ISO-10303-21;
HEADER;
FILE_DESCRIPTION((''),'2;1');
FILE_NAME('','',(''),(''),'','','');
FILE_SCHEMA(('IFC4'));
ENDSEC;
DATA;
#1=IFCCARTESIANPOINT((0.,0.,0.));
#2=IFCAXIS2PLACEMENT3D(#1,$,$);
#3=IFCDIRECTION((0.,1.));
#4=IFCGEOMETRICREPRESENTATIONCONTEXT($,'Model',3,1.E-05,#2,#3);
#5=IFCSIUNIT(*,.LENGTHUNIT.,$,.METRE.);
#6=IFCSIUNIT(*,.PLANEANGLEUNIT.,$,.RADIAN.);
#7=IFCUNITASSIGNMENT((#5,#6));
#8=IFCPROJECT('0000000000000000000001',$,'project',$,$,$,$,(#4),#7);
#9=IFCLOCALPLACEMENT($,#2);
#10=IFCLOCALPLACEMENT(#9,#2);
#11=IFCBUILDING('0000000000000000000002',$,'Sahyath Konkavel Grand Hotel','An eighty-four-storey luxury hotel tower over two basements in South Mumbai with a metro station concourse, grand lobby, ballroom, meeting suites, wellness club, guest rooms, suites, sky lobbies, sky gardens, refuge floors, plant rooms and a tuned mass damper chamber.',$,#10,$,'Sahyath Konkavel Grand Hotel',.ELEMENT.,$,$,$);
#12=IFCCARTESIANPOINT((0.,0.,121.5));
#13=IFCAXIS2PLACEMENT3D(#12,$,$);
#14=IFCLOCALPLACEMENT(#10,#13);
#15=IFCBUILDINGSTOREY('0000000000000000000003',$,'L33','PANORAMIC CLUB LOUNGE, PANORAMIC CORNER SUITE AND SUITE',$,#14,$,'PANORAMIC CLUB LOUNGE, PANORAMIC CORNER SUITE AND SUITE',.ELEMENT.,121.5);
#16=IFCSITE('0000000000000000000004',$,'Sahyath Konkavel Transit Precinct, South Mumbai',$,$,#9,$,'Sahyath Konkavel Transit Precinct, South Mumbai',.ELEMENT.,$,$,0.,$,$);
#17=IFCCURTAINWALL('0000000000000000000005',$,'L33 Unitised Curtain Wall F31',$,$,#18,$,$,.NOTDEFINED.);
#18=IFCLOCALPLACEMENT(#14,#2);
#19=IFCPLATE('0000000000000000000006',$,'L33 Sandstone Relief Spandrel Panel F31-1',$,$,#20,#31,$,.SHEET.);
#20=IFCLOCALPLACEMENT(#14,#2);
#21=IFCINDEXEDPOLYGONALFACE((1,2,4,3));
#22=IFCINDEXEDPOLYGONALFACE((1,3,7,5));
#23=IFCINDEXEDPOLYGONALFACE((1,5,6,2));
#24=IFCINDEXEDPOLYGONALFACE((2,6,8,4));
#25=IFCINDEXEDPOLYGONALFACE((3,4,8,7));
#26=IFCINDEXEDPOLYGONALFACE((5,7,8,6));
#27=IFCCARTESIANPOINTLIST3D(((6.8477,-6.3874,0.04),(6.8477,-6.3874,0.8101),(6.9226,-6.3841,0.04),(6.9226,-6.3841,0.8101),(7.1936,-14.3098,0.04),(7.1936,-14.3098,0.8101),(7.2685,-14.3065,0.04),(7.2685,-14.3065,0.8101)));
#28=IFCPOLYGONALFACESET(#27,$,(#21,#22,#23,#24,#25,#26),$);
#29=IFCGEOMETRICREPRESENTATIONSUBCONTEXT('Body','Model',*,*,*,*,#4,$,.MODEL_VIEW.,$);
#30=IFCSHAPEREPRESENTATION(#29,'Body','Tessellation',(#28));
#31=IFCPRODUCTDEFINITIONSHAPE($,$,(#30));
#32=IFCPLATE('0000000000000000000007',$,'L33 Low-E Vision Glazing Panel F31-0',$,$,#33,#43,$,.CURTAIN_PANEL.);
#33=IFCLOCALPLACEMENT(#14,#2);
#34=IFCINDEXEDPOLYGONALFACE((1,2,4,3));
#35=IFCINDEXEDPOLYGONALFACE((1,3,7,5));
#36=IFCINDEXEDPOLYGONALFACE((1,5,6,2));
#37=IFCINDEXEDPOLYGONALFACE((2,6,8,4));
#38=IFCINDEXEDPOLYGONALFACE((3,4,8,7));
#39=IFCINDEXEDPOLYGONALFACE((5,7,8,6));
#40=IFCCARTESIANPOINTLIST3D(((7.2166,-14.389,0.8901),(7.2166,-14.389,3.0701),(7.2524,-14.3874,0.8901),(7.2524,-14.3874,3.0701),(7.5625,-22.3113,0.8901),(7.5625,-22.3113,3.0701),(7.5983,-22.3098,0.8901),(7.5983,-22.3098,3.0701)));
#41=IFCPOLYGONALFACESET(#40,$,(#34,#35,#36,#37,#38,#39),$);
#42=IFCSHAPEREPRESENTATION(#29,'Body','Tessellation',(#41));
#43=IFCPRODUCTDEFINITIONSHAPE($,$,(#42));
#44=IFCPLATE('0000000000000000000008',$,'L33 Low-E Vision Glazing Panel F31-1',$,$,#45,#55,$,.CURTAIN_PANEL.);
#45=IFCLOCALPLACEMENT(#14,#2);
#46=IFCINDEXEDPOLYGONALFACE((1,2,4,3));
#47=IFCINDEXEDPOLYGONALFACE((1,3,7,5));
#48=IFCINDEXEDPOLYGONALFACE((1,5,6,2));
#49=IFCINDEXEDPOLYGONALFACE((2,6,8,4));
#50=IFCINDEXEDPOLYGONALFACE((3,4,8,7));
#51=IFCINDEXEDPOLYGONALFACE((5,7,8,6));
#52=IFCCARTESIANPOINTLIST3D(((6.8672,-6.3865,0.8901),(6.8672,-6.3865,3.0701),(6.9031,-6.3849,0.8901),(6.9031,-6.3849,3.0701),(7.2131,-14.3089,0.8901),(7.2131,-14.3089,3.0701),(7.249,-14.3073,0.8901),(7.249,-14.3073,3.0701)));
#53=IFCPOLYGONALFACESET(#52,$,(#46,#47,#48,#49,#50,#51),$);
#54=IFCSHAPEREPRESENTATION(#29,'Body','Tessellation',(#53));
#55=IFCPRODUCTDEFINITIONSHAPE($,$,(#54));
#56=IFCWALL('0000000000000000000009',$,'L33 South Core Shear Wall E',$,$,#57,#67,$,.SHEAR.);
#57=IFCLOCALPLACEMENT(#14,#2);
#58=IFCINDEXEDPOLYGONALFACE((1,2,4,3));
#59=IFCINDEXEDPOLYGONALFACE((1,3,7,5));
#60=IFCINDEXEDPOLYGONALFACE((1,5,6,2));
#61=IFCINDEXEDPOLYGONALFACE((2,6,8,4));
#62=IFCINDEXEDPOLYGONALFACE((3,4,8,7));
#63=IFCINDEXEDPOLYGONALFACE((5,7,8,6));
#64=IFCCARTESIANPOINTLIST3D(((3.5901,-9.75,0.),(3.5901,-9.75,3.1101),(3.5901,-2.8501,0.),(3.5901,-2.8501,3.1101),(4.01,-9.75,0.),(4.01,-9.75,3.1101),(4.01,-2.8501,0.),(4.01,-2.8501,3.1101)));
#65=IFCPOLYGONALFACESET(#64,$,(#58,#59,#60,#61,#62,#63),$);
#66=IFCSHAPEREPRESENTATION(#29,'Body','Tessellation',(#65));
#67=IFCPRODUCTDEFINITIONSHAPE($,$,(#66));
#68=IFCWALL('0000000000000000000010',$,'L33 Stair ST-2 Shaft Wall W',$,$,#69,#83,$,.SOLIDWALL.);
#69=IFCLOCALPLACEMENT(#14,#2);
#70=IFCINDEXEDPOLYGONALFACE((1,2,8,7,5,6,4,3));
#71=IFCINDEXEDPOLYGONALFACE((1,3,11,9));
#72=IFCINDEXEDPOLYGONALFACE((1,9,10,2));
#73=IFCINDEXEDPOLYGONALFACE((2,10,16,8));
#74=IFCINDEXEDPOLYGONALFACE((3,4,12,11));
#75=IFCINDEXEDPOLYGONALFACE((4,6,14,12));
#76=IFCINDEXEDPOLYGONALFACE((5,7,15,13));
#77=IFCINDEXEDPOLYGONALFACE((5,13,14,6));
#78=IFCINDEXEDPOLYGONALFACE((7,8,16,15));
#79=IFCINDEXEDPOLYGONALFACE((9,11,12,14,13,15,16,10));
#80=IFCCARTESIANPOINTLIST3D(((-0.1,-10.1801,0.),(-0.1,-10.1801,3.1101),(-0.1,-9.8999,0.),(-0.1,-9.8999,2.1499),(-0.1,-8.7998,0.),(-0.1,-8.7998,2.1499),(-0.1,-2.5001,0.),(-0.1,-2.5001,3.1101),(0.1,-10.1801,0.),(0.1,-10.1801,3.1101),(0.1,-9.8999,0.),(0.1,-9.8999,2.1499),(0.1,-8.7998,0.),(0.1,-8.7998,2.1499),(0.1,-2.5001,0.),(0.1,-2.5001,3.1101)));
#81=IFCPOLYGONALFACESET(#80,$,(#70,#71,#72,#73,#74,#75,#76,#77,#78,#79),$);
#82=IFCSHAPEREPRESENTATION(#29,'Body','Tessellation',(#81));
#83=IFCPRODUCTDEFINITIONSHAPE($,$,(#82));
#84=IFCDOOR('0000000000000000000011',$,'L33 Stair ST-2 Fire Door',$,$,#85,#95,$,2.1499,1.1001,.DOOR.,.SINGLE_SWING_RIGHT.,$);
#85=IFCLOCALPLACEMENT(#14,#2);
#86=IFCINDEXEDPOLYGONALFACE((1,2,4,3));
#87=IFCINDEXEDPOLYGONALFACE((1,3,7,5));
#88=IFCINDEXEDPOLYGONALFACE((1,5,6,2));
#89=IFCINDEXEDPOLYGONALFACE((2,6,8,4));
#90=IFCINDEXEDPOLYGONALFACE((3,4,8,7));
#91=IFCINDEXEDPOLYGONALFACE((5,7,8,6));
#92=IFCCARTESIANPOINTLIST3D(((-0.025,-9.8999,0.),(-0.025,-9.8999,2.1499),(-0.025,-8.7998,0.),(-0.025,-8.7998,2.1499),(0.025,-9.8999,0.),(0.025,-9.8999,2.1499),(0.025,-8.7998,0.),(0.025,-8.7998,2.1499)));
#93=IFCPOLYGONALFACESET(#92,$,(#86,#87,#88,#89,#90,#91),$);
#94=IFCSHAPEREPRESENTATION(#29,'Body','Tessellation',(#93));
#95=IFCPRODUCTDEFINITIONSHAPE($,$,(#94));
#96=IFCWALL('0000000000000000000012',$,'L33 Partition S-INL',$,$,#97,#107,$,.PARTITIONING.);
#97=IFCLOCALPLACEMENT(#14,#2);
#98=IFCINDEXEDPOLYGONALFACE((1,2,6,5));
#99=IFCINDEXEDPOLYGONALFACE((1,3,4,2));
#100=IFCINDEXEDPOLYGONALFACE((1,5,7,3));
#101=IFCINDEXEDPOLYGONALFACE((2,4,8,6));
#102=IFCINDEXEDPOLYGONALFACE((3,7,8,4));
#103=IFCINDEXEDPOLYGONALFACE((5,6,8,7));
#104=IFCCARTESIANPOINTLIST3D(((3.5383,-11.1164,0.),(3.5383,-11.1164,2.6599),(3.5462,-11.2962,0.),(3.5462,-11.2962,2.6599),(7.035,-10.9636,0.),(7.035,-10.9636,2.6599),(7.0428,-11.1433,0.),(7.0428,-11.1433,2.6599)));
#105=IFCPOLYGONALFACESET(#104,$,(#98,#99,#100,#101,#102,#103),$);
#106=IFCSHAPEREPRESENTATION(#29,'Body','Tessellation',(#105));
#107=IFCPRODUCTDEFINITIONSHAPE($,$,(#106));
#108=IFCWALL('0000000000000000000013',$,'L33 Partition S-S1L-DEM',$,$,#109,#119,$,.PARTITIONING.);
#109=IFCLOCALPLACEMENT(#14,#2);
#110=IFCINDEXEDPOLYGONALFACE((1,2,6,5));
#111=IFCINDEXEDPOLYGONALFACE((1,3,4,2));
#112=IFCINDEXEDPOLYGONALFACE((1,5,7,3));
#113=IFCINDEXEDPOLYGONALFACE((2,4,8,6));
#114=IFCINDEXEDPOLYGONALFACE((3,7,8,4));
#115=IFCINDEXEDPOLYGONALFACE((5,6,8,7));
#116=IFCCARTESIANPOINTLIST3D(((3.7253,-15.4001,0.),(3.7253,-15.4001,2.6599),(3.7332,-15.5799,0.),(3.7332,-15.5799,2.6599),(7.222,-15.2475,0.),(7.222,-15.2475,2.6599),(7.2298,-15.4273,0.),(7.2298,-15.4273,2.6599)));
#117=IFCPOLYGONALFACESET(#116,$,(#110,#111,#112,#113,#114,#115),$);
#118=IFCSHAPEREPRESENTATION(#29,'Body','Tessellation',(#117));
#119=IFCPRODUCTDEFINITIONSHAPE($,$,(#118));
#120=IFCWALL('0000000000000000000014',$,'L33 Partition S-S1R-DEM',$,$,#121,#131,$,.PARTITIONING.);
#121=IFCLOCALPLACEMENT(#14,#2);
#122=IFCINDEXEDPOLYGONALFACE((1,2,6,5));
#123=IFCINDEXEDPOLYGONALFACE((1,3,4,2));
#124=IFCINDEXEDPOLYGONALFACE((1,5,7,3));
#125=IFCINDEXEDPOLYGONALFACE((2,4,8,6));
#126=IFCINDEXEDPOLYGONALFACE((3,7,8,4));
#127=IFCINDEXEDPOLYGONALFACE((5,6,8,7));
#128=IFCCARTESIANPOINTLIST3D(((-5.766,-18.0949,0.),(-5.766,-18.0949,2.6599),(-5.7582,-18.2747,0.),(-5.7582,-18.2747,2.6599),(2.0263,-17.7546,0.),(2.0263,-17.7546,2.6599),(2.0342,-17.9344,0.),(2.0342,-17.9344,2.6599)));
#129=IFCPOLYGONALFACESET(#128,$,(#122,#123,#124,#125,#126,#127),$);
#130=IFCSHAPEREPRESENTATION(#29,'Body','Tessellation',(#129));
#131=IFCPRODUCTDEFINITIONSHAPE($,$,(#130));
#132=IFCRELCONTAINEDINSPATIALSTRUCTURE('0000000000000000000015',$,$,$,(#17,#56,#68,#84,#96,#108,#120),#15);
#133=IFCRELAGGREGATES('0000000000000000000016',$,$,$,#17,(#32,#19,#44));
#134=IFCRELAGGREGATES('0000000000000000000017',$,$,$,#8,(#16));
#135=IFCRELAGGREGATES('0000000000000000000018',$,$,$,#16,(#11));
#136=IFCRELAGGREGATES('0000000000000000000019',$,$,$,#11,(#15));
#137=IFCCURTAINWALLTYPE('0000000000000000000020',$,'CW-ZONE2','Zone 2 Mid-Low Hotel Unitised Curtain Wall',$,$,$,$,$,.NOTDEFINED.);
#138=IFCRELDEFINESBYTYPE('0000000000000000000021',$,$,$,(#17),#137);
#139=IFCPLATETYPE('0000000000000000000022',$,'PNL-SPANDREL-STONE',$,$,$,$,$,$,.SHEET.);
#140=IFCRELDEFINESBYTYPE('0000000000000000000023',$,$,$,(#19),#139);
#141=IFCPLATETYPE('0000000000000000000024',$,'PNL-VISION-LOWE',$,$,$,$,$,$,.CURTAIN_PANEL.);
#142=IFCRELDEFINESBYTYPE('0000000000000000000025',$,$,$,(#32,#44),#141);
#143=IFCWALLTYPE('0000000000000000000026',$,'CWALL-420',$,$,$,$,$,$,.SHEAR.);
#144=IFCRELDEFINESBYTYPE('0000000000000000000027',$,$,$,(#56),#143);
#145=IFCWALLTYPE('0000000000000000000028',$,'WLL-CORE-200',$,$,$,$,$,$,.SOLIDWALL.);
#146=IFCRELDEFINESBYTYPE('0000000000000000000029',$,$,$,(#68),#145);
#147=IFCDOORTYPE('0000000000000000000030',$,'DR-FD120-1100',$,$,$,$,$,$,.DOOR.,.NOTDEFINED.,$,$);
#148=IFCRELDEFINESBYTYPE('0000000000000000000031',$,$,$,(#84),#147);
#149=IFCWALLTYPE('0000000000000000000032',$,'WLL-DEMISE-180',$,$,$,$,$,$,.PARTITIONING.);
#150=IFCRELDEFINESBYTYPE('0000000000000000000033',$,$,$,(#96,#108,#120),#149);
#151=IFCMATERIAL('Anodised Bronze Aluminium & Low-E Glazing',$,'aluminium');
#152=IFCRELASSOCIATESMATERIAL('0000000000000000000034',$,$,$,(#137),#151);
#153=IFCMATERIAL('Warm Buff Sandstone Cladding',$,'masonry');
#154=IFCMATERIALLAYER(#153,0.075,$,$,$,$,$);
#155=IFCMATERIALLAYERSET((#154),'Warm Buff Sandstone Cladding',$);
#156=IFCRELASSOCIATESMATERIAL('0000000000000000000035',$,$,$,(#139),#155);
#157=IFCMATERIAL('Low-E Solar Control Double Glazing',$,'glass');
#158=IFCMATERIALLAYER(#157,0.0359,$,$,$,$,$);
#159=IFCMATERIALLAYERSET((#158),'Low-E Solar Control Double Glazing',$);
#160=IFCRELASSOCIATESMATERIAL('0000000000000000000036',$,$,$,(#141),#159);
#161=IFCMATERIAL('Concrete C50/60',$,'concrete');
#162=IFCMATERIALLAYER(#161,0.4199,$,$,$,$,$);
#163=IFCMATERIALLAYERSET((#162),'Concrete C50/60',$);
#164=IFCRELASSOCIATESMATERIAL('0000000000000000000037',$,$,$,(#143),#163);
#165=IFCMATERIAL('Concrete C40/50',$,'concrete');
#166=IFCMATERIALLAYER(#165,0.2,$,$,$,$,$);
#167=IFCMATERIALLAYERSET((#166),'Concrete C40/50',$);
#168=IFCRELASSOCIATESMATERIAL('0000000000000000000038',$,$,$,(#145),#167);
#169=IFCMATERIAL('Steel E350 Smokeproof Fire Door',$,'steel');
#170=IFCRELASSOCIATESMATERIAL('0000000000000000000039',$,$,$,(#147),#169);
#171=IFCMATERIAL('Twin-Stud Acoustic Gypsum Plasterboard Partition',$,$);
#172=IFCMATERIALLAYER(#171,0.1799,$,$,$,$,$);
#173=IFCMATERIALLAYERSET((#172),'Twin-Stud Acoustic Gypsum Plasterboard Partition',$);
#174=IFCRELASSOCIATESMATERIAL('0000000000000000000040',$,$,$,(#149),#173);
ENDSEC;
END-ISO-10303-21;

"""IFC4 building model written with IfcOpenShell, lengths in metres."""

from ifc_helpers import new_model, si_unit, direction, frame, frame_2d, origin, origin_2d, place, context, subcontext, project, spatial, rectangle, extrude, source, transform, mapped, material, layer, layer_set, type_object, element, fill, aggregate, save


model = new_model("IFC4")

# Units and contexts
model_context = context("Model", 3, precision=1e-05, world=origin(), true_north=direction((0.0, 1.0)))
body_context = subcontext(model_context, "Body", "Model", "MODEL_VIEW")
ifc_project = project(units=[si_unit("LENGTHUNIT", "METRE"), si_unit("PLANEANGLEUNIT", "RADIAN")], contexts=[model_context])

# Site, building, storey
site_placement = place(None, origin())
site = spatial("IfcSite", under=ifc_project, at=site_placement, Name="Sahyath Konkavel Transit Precinct, South Mumbai", LongName="Sahyath Konkavel Transit Precinct, South Mumbai", CompositionType="ELEMENT", RefElevation=0.0)
building_placement = place(site_placement, origin())
building = spatial("IfcBuilding", under=site, at=building_placement, Name="Sahyath Konkavel Grand Hotel", Description="An eighty-four-storey luxury hotel tower over two basements in South Mumbai with a metro station concourse, grand lobby, ballroom, meeting suites, wellness club, guest rooms, suites, sky lobbies, sky gardens, refuge floors, plant rooms and a tuned mass damper chamber.", LongName="Sahyath Konkavel Grand Hotel", CompositionType="ELEMENT")
storey_placement = place(building_placement, frame((0.0, 0.0, 121.5)))
storey = spatial("IfcBuildingStorey", under=building, at=storey_placement, Name="L33", Description="PANORAMIC CLUB LOUNGE, PANORAMIC CORNER SUITE AND SUITE", LongName="PANORAMIC CLUB LOUNGE, PANORAMIC CORNER SUITE AND SUITE", CompositionType="ELEMENT", Elevation=121.5)

# Curtain wall
ifc_material_1 = material(Name="Anodised Bronze Aluminium & Low-E Glazing", Category="aluminium")
curtain_wall_type = type_object("IfcCurtainWallType", Name="CW-ZONE2", Description="Zone 2 Mid-Low Hotel Unitised Curtain Wall", PredefinedType="NOTDEFINED", material=ifc_material_1)
curtain_wall_placement = place(storey_placement, origin())
curtain_wall = element("IfcCurtainWall", 1, at=curtain_wall_placement, inside=storey, type_object=curtain_wall_type, Name="L33 Unitised Curtain Wall F31", PredefinedType="NOTDEFINED")

# Plates
ifc_material_2 = material(Name="Warm Buff Sandstone Cladding", Category="masonry")
ifc_layer_1 = layer(ifc_material_2, 0.075)
ifc_layer_set_1 = layer_set([ifc_layer_1], Name="Warm Buff Sandstone Cladding")
plate_type_1 = type_object("IfcPlateType", Name="PNL-SPANDREL-STONE", PredefinedType="SHEET", material=ifc_layer_set_1)
shared_shape_1 = source(origin(), body_context, "Body", "SweptSolid", [
    extrude(rectangle(XDim=7.9299, YDim=0.075, at=origin_2d()), origin(), (0.0, 0.0, 1.0), 0.77),
])
plate_1_placement = place(storey_placement, frame((7.0581, -10.3469, 0.04), z_axis=(0.0, 0.0, 1.0), x_axis=(-0.043619, 0.999048, 0.0)))
plate_1 = element("IfcPlate", 2, at=plate_1_placement, type_object=plate_type_1, Name="L33 Sandstone Relief Spandrel Panel F31-1", PredefinedType="SHEET", context=body_context, shape_type="MappedRepresentation", body=[
    mapped(shared_shape_1, transform((0.0, 0.0, 0.0), scale=1.0)),
])
ifc_material_3 = material(Name="Low-E Solar Control Double Glazing", Category="glass")
ifc_layer_2 = layer(ifc_material_3, 0.0359)
ifc_layer_set_2 = layer_set([ifc_layer_2], Name="Low-E Solar Control Double Glazing")
plate_type_2 = type_object("IfcPlateType", Name="PNL-VISION-LOWE", PredefinedType="CURTAIN_PANEL", material=ifc_layer_set_2)
shared_shape_2 = source(origin(), body_context, "Body", "SweptSolid", [
    extrude(rectangle(XDim=7.9299, YDim=0.0359, at=origin_2d()), origin(), (0.0, 0.0, 1.0), 2.1799),
])
plate_2_placement = place(storey_placement, frame((7.4075, -18.3494, 0.8901), z_axis=(0.0, 0.0, 1.0), x_axis=(-0.043619, 0.999048, 0.0)))
plate_2 = element("IfcPlate", 3, at=plate_2_placement, type_object=plate_type_2, Name="L33 Low-E Vision Glazing Panel F31-0", PredefinedType="CURTAIN_PANEL", context=body_context, shape_type="MappedRepresentation", body=[
    mapped(shared_shape_2, transform((0.0, 0.0, 0.0), scale=1.0)),
])
plate_3_placement = place(storey_placement, frame((7.0581, -10.3469, 0.8901), z_axis=(0.0, 0.0, 1.0), x_axis=(-0.043619, 0.999048, 0.0)))
plate_3 = element("IfcPlate", 4, at=plate_3_placement, type_object=plate_type_2, Name="L33 Low-E Vision Glazing Panel F31-1", PredefinedType="CURTAIN_PANEL", context=body_context, shape_type="MappedRepresentation", body=[
    mapped(shared_shape_2, transform((0.0, 0.0, 0.0), scale=1.0)),
])
aggregate(curtain_wall, [plate_2, plate_1, plate_3])

# Wall
ifc_material_4 = material(Name="Concrete C50/60", Category="concrete")
ifc_layer_3 = layer(ifc_material_4, 0.4199)
ifc_layer_set_3 = layer_set([ifc_layer_3], Name="Concrete C50/60")
wall_type_1 = type_object("IfcWallType", Name="CWALL-420", PredefinedType="SHEAR", material=ifc_layer_set_3)
wall_1_placement = place(storey_placement, frame((3.8, -9.75, 0.0), z_axis=(0.0, 0.0, 1.0), x_axis=(0.0, 1.0, 0.0)))
element("IfcWall", 5, at=wall_1_placement, inside=storey, type_object=wall_type_1, Name="L33 South Core Shear Wall E", PredefinedType="SHEAR", context=body_context, shape_type="SweptSolid", body=[
    extrude(rectangle(XDim=6.8999, YDim=0.4199, at=frame_2d((3.45, 0.0))), origin(), (0.0, 0.0, 1.0), 3.1101),
])

# Wall, opening, door
ifc_material_5 = material(Name="Concrete C40/50", Category="concrete")
ifc_layer_4 = layer(ifc_material_5, 0.2)
ifc_layer_set_4 = layer_set([ifc_layer_4], Name="Concrete C40/50")
wall_type_2 = type_object("IfcWallType", Name="WLL-CORE-200", PredefinedType="SOLIDWALL", material=ifc_layer_set_4)
wall_2_placement = place(storey_placement, frame((0.0, -10.1799, 0.0), z_axis=(0.0, 0.0, 1.0), x_axis=(0.0, 1.0, 0.0)))
wall_2 = element("IfcWall", 6, at=wall_2_placement, inside=storey, type_object=wall_type_2, Name="L33 Stair ST-2 Shaft Wall W", PredefinedType="SOLIDWALL", context=body_context, shape_type="SweptSolid", body=[
    extrude(rectangle(XDim=7.6799, YDim=0.2, at=frame_2d((3.8398, 0.0))), origin(), (0.0, 0.0, 1.0), 3.1101),
])
opening_1_placement = place(wall_2_placement, frame((0.28, 0.0, 0.0)))
opening_1 = element("IfcOpeningElement", 7, at=opening_1_placement, cuts=wall_2, PredefinedType="OPENING", context=body_context, shape_type="SweptSolid", body=[
    extrude(rectangle(XDim=1.1001, YDim=2.1499, at=frame_2d((0.55, 1.075))), frame((0.0, 0.1099, 0.0), z_axis=(0.0, -1.0, 0.0), x_axis=(1.0, 0.0, 0.0)), (0.0, 0.0, 1.0), 0.22),
])
ifc_material_6 = material(Name="Steel E350 Smokeproof Fire Door", Category="steel")
door_type_1 = type_object("IfcDoorType", Name="DR-FD120-1100", OperationType="NOTDEFINED", PredefinedType="DOOR", material=ifc_material_6)
shared_shape_3 = source(origin(), body_context, "Body", "SweptSolid", [
    extrude(rectangle(XDim=1.1001, YDim=0.05, at=origin_2d()), origin(), (0.0, 0.0, 1.0), 2.1499),
])
door_1_placement = place(opening_1_placement, frame((0.55, 0.0, 0.0)))
door_1 = element("IfcDoor", 8, at=door_1_placement, inside=storey, type_object=door_type_1, Name="L33 Stair ST-2 Fire Door", OperationType="SINGLE_SWING_RIGHT", OverallHeight=2.1499, OverallWidth=1.1001, PredefinedType="DOOR", context=body_context, shape_type="MappedRepresentation", body=[
    mapped(shared_shape_3, transform((0.0, 0.0, 0.0), scale=1.0)),
])
fill(opening_1, door_1)

# Walls
ifc_material_7 = material(Name="Twin-Stud Acoustic Gypsum Plasterboard Partition")
ifc_layer_5 = layer(ifc_material_7, 0.1799)
ifc_layer_set_5 = layer_set([ifc_layer_5], Name="Twin-Stud Acoustic Gypsum Plasterboard Partition")
wall_type_3 = type_object("IfcWallType", Name="WLL-DEMISE-180", PredefinedType="PARTITIONING", material=ifc_layer_set_5)
for number, where, z_axis, x_axis, name in (
    (9, (3.5422, -11.2063, 0.0), (0.0, 0.0, 1.0), (0.999046, 0.043667, 0.0), "L33 Partition S-INL"),
    (10, (3.7292, -15.49, 0.0), (0.0, 0.0, 1.0), (0.999049, 0.043598, 0.0), "L33 Partition S-S1L-DEM"),
):
    element("IfcWall", number, at=place(storey_placement, frame(where, z_axis=z_axis, x_axis=x_axis)), inside=storey, type_object=wall_type_3, Name=name, PredefinedType="PARTITIONING", context=body_context, shape_type="SweptSolid", body=[
        extrude(rectangle(XDim=3.5, YDim=0.1799, at=frame_2d((1.75, 0.0))), origin(), (0.0, 0.0, 1.0), 2.6599),
    ])
wall_3_placement = place(storey_placement, frame((2.0303, -17.8445, 0.0), z_axis=(0.0, 0.0, 1.0), x_axis=(-0.999048, -0.043633, 0.0)))
element("IfcWall", 11, at=wall_3_placement, inside=storey, type_object=wall_type_3, Name="L33 Partition S-S1R-DEM", PredefinedType="PARTITIONING", context=body_context, shape_type="SweptSolid", body=[
    extrude(rectangle(XDim=7.7998, YDim=0.1799, at=frame_2d((3.8999, 0.0))), origin(), (0.0, 0.0, 1.0), 2.6599),
])

save(model, "model.ifc")
